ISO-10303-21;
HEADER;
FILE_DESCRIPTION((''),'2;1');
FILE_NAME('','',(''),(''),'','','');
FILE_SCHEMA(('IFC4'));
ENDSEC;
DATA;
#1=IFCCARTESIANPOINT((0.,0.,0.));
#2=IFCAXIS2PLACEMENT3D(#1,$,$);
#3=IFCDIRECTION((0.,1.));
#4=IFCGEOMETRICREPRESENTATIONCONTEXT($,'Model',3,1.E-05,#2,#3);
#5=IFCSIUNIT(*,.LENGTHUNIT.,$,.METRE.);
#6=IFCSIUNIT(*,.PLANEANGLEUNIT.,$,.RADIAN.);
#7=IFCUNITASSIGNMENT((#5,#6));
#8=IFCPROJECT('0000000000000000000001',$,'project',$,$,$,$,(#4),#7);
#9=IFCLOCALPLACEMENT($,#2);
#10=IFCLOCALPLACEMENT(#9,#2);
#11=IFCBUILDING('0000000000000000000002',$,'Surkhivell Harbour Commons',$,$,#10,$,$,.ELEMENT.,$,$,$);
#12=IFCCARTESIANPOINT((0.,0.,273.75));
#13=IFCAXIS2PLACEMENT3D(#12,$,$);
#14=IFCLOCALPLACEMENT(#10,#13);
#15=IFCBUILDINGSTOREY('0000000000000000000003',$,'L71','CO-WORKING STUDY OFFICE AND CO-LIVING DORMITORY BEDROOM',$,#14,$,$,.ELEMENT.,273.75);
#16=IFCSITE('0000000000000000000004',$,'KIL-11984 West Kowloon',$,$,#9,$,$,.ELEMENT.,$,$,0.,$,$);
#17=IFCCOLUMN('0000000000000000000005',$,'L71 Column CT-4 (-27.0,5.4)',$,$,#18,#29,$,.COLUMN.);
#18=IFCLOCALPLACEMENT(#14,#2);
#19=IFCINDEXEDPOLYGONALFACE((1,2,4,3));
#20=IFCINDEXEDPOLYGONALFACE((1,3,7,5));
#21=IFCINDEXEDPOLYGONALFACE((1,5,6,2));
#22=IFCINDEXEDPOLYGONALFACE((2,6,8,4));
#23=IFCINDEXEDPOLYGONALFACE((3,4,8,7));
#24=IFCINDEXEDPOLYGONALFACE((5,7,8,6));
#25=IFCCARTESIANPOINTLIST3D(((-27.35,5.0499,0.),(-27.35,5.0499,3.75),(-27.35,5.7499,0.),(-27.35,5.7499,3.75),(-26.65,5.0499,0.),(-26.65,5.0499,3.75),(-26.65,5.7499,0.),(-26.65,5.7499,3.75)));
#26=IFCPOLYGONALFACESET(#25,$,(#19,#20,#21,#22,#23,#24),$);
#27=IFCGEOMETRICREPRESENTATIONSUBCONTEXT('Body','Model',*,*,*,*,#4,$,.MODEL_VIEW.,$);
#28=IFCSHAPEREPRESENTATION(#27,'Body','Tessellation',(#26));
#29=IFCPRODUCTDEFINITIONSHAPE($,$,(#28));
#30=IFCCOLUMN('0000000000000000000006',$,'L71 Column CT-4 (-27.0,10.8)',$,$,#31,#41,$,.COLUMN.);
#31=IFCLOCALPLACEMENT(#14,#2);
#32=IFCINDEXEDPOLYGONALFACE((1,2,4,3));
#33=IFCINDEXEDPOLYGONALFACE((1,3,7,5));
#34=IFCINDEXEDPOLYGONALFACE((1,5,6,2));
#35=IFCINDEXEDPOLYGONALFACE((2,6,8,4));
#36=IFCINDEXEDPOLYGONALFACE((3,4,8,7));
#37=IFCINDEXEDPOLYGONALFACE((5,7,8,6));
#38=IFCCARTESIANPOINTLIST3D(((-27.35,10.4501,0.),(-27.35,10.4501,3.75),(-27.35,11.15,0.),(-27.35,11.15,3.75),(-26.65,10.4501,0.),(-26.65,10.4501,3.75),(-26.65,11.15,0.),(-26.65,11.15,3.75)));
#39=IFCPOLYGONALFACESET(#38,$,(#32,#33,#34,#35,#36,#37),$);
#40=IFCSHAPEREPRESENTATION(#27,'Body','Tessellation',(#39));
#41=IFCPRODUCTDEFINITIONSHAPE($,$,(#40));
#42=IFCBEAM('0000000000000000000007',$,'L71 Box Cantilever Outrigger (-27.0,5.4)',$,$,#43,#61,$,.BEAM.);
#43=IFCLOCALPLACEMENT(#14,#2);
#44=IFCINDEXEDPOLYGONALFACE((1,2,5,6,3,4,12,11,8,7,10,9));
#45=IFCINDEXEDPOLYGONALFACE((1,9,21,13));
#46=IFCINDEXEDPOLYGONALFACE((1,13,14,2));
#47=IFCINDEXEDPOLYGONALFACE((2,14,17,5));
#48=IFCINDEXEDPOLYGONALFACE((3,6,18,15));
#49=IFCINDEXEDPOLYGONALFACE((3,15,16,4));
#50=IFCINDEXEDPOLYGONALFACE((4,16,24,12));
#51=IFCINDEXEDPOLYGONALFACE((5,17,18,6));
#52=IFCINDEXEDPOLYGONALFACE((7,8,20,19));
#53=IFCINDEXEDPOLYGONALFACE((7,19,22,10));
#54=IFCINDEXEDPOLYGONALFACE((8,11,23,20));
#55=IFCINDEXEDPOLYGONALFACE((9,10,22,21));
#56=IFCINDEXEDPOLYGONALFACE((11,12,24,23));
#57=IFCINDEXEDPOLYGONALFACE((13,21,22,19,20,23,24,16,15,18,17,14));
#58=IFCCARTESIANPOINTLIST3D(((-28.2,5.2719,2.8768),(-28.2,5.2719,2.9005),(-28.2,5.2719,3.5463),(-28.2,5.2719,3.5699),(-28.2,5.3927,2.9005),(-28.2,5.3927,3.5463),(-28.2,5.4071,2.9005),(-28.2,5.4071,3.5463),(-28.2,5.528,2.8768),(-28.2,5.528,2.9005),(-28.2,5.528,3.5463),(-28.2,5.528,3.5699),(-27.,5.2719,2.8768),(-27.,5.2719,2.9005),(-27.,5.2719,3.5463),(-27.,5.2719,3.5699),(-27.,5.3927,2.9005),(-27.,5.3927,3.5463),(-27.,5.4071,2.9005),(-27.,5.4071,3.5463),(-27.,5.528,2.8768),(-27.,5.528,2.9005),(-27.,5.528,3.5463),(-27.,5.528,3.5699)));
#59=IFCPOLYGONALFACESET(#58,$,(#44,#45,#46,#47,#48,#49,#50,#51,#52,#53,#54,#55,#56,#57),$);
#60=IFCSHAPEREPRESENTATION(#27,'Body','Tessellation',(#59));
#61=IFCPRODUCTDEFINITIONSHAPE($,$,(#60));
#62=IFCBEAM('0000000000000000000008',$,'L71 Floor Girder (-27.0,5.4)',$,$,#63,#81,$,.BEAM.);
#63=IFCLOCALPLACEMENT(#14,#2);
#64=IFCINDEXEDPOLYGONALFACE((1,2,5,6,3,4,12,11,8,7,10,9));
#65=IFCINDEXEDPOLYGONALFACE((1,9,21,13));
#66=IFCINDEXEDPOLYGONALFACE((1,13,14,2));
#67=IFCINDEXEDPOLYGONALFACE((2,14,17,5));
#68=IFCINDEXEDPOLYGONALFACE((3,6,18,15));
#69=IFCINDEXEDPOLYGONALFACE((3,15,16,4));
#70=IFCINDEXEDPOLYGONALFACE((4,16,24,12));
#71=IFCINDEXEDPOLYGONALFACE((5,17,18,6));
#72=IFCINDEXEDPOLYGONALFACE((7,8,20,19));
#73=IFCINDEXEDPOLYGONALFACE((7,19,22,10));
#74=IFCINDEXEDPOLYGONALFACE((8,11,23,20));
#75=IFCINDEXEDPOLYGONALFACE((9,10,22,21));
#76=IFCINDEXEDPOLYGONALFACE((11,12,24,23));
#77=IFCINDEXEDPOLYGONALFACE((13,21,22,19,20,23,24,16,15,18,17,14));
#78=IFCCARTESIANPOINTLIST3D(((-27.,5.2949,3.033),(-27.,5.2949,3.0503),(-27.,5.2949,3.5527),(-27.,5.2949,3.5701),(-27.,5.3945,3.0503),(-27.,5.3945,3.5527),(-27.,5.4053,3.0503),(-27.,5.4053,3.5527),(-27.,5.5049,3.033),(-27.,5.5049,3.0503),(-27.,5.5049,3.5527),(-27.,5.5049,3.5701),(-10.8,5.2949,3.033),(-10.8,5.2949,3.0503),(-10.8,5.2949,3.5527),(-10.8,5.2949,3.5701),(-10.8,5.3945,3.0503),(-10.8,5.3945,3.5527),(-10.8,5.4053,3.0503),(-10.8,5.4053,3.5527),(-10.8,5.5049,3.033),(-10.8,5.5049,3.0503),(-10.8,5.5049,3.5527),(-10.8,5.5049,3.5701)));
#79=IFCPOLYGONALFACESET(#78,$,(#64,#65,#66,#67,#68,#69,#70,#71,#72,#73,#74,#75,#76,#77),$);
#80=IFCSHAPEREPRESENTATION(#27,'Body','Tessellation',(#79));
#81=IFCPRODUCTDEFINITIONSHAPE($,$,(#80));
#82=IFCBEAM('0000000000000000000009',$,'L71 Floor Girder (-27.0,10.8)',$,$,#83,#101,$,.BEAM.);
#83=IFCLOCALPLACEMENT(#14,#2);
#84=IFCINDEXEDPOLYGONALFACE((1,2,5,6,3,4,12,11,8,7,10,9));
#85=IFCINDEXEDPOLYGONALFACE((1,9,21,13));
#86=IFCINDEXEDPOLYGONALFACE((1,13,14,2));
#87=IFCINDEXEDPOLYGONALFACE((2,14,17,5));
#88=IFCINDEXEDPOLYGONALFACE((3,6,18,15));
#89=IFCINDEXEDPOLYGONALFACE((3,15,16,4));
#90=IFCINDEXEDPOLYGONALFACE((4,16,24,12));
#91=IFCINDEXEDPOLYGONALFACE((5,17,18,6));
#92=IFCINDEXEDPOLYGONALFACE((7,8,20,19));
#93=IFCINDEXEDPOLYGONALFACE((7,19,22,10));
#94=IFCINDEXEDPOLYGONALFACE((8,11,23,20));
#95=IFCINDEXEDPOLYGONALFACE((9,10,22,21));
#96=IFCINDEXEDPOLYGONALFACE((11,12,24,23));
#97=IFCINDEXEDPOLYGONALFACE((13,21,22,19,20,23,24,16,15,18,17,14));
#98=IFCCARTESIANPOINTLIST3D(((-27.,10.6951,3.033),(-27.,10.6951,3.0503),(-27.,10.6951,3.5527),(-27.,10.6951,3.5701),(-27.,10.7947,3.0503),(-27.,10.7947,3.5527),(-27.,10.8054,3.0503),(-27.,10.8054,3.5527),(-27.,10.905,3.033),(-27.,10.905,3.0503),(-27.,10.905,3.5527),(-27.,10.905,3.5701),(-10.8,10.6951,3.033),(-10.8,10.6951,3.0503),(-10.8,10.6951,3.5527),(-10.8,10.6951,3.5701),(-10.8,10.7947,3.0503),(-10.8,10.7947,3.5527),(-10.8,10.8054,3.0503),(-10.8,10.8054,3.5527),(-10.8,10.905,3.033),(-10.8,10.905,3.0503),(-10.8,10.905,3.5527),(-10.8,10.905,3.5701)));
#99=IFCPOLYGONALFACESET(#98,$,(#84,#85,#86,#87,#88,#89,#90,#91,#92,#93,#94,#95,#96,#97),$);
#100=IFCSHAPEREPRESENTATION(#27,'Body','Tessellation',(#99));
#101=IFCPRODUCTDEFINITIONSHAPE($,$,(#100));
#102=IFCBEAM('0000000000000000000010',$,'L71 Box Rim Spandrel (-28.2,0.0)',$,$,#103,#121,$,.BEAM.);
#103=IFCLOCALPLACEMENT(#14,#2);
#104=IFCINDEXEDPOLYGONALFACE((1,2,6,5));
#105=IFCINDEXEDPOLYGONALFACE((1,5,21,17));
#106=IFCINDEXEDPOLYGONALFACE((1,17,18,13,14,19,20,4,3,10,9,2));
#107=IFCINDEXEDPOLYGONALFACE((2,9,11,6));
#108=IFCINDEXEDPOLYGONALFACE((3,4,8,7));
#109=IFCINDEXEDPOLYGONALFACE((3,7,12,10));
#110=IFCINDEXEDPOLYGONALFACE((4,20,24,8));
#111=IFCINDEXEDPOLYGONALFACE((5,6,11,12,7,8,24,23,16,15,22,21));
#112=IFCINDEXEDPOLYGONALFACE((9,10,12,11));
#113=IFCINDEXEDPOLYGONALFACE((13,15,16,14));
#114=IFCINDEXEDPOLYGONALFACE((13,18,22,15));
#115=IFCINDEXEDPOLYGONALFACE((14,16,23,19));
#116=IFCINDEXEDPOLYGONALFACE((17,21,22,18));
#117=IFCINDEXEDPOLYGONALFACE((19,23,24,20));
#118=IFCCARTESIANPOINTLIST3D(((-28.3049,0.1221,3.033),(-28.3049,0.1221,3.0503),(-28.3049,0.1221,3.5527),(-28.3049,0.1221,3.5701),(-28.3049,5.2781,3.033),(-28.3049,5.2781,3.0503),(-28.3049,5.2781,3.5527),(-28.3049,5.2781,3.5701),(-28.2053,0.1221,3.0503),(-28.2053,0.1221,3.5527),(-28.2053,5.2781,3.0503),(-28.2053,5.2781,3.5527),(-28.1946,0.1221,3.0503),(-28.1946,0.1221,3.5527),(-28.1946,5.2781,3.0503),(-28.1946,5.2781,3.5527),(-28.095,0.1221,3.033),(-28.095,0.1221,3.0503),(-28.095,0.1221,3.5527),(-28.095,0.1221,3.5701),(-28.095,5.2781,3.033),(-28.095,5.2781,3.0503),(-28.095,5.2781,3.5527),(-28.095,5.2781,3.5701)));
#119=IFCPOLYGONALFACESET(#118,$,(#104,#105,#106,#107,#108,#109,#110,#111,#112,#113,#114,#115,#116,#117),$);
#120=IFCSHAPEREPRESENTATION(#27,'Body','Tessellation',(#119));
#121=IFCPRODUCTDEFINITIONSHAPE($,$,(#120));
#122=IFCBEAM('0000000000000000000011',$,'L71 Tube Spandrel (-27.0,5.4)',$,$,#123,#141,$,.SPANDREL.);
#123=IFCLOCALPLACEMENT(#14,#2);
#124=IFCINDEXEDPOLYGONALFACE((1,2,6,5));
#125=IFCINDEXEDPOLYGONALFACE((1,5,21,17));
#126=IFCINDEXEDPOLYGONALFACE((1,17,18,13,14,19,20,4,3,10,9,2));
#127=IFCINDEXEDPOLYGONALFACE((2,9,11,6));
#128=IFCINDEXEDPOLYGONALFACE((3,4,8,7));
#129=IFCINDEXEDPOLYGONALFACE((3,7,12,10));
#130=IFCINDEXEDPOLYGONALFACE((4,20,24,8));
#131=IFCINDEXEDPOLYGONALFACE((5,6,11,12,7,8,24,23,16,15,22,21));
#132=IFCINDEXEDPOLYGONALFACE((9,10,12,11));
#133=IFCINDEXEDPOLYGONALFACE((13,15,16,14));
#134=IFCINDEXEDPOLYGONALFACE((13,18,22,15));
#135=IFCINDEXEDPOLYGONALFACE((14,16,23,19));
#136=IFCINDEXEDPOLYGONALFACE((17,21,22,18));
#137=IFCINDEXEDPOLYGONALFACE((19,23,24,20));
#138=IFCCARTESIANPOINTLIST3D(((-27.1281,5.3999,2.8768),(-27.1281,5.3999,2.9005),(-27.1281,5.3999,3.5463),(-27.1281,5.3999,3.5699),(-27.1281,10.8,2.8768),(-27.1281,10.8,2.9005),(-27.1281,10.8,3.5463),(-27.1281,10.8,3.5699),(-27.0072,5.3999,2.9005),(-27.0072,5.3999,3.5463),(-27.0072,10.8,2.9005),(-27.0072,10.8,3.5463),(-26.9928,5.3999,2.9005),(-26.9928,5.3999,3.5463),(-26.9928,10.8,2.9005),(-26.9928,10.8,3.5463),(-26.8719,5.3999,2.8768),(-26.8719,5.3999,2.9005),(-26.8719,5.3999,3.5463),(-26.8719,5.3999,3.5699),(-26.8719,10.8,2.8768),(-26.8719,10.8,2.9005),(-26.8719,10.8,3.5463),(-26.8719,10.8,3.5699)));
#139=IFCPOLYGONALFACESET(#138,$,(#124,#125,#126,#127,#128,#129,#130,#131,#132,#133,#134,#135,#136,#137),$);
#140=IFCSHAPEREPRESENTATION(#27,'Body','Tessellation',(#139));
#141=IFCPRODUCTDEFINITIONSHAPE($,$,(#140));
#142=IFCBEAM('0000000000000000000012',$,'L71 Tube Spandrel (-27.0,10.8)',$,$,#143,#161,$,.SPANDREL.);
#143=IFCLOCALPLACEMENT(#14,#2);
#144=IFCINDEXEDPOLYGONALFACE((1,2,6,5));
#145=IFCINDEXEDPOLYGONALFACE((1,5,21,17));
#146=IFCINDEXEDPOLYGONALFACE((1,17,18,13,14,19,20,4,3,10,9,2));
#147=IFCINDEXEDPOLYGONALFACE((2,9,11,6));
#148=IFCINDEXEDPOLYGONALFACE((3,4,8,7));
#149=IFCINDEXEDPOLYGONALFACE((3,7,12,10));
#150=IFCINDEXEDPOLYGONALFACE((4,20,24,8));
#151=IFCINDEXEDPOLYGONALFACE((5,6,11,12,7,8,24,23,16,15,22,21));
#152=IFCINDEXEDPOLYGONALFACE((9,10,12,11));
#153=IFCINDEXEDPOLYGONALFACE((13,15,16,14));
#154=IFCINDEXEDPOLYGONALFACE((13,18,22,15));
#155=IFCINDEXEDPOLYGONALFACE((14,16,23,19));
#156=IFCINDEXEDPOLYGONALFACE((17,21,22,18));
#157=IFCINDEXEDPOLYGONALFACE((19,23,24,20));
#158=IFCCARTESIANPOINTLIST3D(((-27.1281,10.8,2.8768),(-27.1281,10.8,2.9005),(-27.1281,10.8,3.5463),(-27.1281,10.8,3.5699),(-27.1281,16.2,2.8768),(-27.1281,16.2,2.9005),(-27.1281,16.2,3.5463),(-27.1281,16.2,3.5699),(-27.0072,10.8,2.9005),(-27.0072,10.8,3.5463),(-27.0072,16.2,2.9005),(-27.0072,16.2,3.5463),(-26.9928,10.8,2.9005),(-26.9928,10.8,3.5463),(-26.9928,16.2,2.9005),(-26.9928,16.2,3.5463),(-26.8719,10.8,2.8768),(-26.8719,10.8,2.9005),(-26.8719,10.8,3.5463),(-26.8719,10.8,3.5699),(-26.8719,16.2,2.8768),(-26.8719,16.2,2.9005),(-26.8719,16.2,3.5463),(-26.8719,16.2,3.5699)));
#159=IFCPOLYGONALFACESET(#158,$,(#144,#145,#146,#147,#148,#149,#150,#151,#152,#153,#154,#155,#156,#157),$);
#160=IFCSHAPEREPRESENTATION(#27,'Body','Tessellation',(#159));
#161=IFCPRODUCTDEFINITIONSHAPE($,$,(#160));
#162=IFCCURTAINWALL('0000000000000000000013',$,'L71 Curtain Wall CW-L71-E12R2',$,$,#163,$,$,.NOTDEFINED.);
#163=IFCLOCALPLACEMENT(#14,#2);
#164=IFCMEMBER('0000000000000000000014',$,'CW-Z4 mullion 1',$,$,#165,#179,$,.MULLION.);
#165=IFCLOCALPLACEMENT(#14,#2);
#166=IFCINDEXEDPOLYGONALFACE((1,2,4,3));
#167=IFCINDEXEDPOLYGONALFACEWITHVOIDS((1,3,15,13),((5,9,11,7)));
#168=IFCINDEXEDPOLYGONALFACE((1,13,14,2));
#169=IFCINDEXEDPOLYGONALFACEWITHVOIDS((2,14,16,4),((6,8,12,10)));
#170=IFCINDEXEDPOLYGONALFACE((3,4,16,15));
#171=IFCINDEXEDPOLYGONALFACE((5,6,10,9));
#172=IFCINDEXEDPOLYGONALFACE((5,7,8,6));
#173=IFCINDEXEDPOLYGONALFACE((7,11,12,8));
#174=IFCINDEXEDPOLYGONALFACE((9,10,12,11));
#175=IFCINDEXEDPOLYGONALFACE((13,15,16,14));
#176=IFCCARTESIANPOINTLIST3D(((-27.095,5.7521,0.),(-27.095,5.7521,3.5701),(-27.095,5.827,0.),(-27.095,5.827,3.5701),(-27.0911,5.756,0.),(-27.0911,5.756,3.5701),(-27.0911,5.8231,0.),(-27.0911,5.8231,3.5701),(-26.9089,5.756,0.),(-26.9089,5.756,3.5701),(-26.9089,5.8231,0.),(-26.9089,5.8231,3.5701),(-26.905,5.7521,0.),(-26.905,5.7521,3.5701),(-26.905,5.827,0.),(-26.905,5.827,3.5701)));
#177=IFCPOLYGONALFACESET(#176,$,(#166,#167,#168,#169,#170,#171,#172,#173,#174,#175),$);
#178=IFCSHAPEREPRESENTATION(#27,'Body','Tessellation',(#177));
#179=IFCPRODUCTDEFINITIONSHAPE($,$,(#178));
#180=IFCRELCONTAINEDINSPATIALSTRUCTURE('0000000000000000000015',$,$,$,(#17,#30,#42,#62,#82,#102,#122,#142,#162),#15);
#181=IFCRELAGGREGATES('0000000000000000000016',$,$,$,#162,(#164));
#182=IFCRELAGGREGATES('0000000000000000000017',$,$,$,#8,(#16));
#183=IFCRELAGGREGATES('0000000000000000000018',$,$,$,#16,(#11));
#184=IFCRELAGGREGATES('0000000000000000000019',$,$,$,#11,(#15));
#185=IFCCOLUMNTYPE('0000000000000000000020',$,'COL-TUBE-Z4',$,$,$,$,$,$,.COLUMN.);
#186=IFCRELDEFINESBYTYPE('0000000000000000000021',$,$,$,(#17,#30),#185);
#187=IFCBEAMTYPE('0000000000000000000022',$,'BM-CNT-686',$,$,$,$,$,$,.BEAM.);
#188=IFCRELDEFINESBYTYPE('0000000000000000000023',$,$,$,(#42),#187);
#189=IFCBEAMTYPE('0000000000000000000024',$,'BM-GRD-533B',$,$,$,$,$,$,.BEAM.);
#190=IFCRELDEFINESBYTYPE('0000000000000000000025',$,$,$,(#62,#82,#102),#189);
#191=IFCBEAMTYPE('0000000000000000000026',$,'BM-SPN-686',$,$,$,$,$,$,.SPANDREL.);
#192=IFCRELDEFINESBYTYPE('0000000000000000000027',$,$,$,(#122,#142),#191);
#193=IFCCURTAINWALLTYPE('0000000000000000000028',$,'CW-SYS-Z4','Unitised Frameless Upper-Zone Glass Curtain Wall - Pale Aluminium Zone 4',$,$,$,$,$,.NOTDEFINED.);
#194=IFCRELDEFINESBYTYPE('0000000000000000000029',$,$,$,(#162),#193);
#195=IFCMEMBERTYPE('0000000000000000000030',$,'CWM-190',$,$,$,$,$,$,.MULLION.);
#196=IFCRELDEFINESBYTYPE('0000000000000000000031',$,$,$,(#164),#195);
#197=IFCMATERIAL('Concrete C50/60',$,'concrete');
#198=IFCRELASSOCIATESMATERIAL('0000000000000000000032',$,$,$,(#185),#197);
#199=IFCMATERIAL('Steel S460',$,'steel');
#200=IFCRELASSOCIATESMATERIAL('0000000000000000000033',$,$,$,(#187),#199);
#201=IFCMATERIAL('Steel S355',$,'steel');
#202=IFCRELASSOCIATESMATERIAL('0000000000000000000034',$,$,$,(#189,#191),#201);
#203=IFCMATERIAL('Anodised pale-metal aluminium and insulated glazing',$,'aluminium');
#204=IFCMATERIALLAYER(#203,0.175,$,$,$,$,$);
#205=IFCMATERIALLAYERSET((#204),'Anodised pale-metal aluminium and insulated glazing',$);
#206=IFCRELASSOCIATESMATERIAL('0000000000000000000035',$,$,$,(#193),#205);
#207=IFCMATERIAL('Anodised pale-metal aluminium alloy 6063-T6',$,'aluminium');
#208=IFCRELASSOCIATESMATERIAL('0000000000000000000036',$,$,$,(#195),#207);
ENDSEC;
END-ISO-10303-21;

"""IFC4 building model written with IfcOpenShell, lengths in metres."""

from ifc_helpers import new_model, si_unit, direction, frame, origin, origin_2d, place, context, subcontext, project, spatial, rectangle, hollow_rectangle, i_section, extrude, material, layer, layer_set, material_profile, profile_set, type_object, element, aggregate, save


model = new_model("IFC4")

# Units and contexts
model_context = context("Model", 3, precision=1e-05, world=origin(), true_north=direction((0.0, 1.0)))
body_context = subcontext(model_context, "Body", "Model", "MODEL_VIEW")
ifc_project = project(units=[si_unit("LENGTHUNIT", "METRE"), si_unit("PLANEANGLEUNIT", "RADIAN")], contexts=[model_context])

# Site, building, storey
site_placement = place(None, origin())
site = spatial("IfcSite", under=ifc_project, at=site_placement, Name="KIL-11984 West Kowloon", CompositionType="ELEMENT", RefElevation=0.0)
building_placement = place(site_placement, origin())
building = spatial("IfcBuilding", under=site, at=building_placement, Name="Surkhivell Harbour Commons", CompositionType="ELEMENT")
storey_placement = place(building_placement, frame((0.0, 0.0, 273.75)))
storey = spatial("IfcBuildingStorey", under=building, at=storey_placement, Name="L71", Description="CO-WORKING STUDY OFFICE AND CO-LIVING DORMITORY BEDROOM", CompositionType="ELEMENT", Elevation=273.75)

# Columns
ifc_material_1 = material(Name="Concrete C50/60", Category="concrete")
ifc_material_profile_1 = material_profile(ifc_material_1, rectangle(XDim=0.7, YDim=0.7, at=origin_2d()), Name="RC-COL-700x700")
ifc_profile_set_1 = profile_set([ifc_material_profile_1], Name="Concrete C50/60")
column_type = type_object("IfcColumnType", Name="COL-TUBE-Z4", PredefinedType="COLUMN", material=ifc_profile_set_1)
for number, where, z_axis, x_axis, name in (
    (1, (-27.0, 5.3999, 0.0), (0.0, 0.0, 1.0), (1.0, 0.0, 0.0), "L71 Column CT-4 (-27.0,5.4)"),
    (2, (-27.0, 10.8, 0.0), (0.0, 0.0, 1.0), (1.0, 0.0, 0.0), "L71 Column CT-4 (-27.0,10.8)"),
):
    element("IfcColumn", number, at=place(storey_placement, frame(where, z_axis=z_axis, x_axis=x_axis)), inside=storey, type_object=column_type, Name=name, PredefinedType="COLUMN", context=body_context, shape_type="SweptSolid", body=[
        extrude(rectangle(XDim=0.7, YDim=0.7, at=origin_2d()), origin(), (0.0, 0.0, 1.0), 3.75),
    ])

# Beams
ifc_material_2 = material(Name="Steel S460", Category="steel")
ifc_material_profile_2 = material_profile(ifc_material_2, i_section(OverallWidth=0.2561, OverallDepth=0.6931, WebThickness=0.0144, FlangeThickness=0.0237, at=origin_2d()), Name="UB686x254x170")
ifc_profile_set_2 = profile_set([ifc_material_profile_2], Name="Steel S460")
beam_type_1 = type_object("IfcBeamType", Name="BM-CNT-686", PredefinedType="BEAM", material=ifc_profile_set_2)
beam_1_placement = place(storey_placement, frame((-27.0, 5.3999, 3.2234), z_axis=(-1.0, 0.0, 0.0), x_axis=(0.0, -1.0, 0.0)))
element("IfcBeam", 3, at=beam_1_placement, inside=storey, type_object=beam_type_1, Name="L71 Box Cantilever Outrigger (-27.0,5.4)", PredefinedType="BEAM", context=body_context, shape_type="SweptSolid", body=[
    extrude(i_section(OverallWidth=0.2561, OverallDepth=0.6931, WebThickness=0.0144, FlangeThickness=0.0237, at=origin_2d()), origin(), (0.0, 0.0, 1.0), 1.2),
])
ifc_material_3 = material(Name="Steel S355", Category="steel")
ifc_material_profile_3 = material_profile(ifc_material_3, i_section(OverallWidth=0.21, OverallDepth=0.5371, WebThickness=0.0107, FlangeThickness=0.0173, at=origin_2d()), Name="UB533x210x101")
ifc_profile_set_3 = profile_set([ifc_material_profile_3], Name="Steel S355")
beam_type_2 = type_object("IfcBeamType", Name="BM-GRD-533B", PredefinedType="BEAM", material=ifc_profile_set_3)
for number, where, z_axis, x_axis, name in (
    (4, (-27.0, 5.3999, 3.3015), (1.0, 0.0, 0.0), (0.0, 1.0, 0.0), "L71 Floor Girder (-27.0,5.4)"),
    (5, (-27.0, 10.8, 3.3015), (1.0, 0.0, 0.0), (0.0, 1.0, 0.0), "L71 Floor Girder (-27.0,10.8)"),
):
    element("IfcBeam", number, at=place(storey_placement, frame(where, z_axis=z_axis, x_axis=x_axis)), inside=storey, type_object=beam_type_2, Name=name, PredefinedType="BEAM", context=body_context, shape_type="SweptSolid", body=[
        extrude(i_section(OverallWidth=0.21, OverallDepth=0.5371, WebThickness=0.0107, FlangeThickness=0.0173, at=origin_2d()), origin(), (0.0, 0.0, 1.0), 16.2),
    ])
beam_2_placement = place(storey_placement, frame((-28.2, 0.1221, 3.3015), z_axis=(0.0, 1.0, 0.0), x_axis=(-1.0, 0.0, 0.0)))
element("IfcBeam", 6, at=beam_2_placement, inside=storey, type_object=beam_type_2, Name="L71 Box Rim Spandrel (-28.2,0.0)", PredefinedType="BEAM", context=body_context, shape_type="SweptSolid", body=[
    extrude(i_section(OverallWidth=0.21, OverallDepth=0.5371, WebThickness=0.0107, FlangeThickness=0.0173, at=origin_2d()), origin(), (0.0, 0.0, 1.0), 5.156),
])
ifc_material_profile_4 = material_profile(ifc_material_3, i_section(OverallWidth=0.2561, OverallDepth=0.6931, WebThickness=0.0144, FlangeThickness=0.0237, at=origin_2d()), Name="UB686x254x170")
ifc_profile_set_4 = profile_set([ifc_material_profile_4], Name="Steel S355")
beam_type_3 = type_object("IfcBeamType", Name="BM-SPN-686", PredefinedType="SPANDREL", material=ifc_profile_set_4)
beam_3_placement = place(storey_placement, frame((-27.0, 5.3999, 3.2234), z_axis=(0.0, 1.0, 0.0), x_axis=(-1.0, 0.0, 0.0)))
element("IfcBeam", 7, at=beam_3_placement, inside=storey, type_object=beam_type_3, Name="L71 Tube Spandrel (-27.0,5.4)", PredefinedType="SPANDREL", context=body_context, shape_type="SweptSolid", body=[
    extrude(i_section(OverallWidth=0.2561, OverallDepth=0.6931, WebThickness=0.0144, FlangeThickness=0.0237, at=origin_2d()), origin(), (0.0, 0.0, 1.0), 5.4001),
])
beam_4_placement = place(storey_placement, frame((-27.0, 10.8, 3.2234), z_axis=(0.0, 1.0, 0.0), x_axis=(-1.0, 0.0, 0.0)))
element("IfcBeam", 8, at=beam_4_placement, inside=storey, type_object=beam_type_3, Name="L71 Tube Spandrel (-27.0,10.8)", PredefinedType="SPANDREL", context=body_context, shape_type="SweptSolid", body=[
    extrude(i_section(OverallWidth=0.2561, OverallDepth=0.6931, WebThickness=0.0144, FlangeThickness=0.0237, at=origin_2d()), origin(), (0.0, 0.0, 1.0), 5.3999),
])

# Curtain wall, member
ifc_material_4 = material(Name="Anodised pale-metal aluminium and insulated glazing", Category="aluminium")
ifc_layer_1 = layer(ifc_material_4, 0.175)
ifc_layer_set_1 = layer_set([ifc_layer_1], Name="Anodised pale-metal aluminium and insulated glazing")
curtain_wall_type = type_object("IfcCurtainWallType", Name="CW-SYS-Z4", Description="Unitised Frameless Upper-Zone Glass Curtain Wall - Pale Aluminium Zone 4", PredefinedType="NOTDEFINED", material=ifc_layer_set_1)
curtain_wall_placement = place(storey_placement, origin())
curtain_wall = element("IfcCurtainWall", 9, at=curtain_wall_placement, inside=storey, type_object=curtain_wall_type, Name="L71 Curtain Wall CW-L71-E12R2", PredefinedType="NOTDEFINED")
ifc_material_5 = material(Name="Anodised pale-metal aluminium alloy 6063-T6", Category="aluminium")
ifc_material_profile_5 = material_profile(ifc_material_5, hollow_rectangle(XDim=0.075, YDim=0.1899, WallThickness=0.0039, at=origin_2d()), Name="ALU-MULL-75x190")
ifc_profile_set_5 = profile_set([ifc_material_profile_5], Name="Anodised pale-metal aluminium alloy 6063-T6")
member_type_1 = type_object("IfcMemberType", Name="CWM-190", PredefinedType="MULLION", material=ifc_profile_set_5)
member_1_placement = place(storey_placement, frame((-27.0, 5.7896, 0.0), z_axis=(0.0, 0.0, 1.0), x_axis=(0.0, 1.0, 0.0)))
member_1 = element("IfcMember", 10, at=member_1_placement, type_object=member_type_1, Name="CW-Z4 mullion 1", PredefinedType="MULLION", context=body_context, shape_type="SweptSolid", body=[
    extrude(hollow_rectangle(XDim=0.075, YDim=0.1899, WallThickness=0.0039, at=origin_2d()), origin(), (0.0, 0.0, 1.0), 3.5701),
])
aggregate(curtain_wall, [member_1])

save(model, "model.ifc")
